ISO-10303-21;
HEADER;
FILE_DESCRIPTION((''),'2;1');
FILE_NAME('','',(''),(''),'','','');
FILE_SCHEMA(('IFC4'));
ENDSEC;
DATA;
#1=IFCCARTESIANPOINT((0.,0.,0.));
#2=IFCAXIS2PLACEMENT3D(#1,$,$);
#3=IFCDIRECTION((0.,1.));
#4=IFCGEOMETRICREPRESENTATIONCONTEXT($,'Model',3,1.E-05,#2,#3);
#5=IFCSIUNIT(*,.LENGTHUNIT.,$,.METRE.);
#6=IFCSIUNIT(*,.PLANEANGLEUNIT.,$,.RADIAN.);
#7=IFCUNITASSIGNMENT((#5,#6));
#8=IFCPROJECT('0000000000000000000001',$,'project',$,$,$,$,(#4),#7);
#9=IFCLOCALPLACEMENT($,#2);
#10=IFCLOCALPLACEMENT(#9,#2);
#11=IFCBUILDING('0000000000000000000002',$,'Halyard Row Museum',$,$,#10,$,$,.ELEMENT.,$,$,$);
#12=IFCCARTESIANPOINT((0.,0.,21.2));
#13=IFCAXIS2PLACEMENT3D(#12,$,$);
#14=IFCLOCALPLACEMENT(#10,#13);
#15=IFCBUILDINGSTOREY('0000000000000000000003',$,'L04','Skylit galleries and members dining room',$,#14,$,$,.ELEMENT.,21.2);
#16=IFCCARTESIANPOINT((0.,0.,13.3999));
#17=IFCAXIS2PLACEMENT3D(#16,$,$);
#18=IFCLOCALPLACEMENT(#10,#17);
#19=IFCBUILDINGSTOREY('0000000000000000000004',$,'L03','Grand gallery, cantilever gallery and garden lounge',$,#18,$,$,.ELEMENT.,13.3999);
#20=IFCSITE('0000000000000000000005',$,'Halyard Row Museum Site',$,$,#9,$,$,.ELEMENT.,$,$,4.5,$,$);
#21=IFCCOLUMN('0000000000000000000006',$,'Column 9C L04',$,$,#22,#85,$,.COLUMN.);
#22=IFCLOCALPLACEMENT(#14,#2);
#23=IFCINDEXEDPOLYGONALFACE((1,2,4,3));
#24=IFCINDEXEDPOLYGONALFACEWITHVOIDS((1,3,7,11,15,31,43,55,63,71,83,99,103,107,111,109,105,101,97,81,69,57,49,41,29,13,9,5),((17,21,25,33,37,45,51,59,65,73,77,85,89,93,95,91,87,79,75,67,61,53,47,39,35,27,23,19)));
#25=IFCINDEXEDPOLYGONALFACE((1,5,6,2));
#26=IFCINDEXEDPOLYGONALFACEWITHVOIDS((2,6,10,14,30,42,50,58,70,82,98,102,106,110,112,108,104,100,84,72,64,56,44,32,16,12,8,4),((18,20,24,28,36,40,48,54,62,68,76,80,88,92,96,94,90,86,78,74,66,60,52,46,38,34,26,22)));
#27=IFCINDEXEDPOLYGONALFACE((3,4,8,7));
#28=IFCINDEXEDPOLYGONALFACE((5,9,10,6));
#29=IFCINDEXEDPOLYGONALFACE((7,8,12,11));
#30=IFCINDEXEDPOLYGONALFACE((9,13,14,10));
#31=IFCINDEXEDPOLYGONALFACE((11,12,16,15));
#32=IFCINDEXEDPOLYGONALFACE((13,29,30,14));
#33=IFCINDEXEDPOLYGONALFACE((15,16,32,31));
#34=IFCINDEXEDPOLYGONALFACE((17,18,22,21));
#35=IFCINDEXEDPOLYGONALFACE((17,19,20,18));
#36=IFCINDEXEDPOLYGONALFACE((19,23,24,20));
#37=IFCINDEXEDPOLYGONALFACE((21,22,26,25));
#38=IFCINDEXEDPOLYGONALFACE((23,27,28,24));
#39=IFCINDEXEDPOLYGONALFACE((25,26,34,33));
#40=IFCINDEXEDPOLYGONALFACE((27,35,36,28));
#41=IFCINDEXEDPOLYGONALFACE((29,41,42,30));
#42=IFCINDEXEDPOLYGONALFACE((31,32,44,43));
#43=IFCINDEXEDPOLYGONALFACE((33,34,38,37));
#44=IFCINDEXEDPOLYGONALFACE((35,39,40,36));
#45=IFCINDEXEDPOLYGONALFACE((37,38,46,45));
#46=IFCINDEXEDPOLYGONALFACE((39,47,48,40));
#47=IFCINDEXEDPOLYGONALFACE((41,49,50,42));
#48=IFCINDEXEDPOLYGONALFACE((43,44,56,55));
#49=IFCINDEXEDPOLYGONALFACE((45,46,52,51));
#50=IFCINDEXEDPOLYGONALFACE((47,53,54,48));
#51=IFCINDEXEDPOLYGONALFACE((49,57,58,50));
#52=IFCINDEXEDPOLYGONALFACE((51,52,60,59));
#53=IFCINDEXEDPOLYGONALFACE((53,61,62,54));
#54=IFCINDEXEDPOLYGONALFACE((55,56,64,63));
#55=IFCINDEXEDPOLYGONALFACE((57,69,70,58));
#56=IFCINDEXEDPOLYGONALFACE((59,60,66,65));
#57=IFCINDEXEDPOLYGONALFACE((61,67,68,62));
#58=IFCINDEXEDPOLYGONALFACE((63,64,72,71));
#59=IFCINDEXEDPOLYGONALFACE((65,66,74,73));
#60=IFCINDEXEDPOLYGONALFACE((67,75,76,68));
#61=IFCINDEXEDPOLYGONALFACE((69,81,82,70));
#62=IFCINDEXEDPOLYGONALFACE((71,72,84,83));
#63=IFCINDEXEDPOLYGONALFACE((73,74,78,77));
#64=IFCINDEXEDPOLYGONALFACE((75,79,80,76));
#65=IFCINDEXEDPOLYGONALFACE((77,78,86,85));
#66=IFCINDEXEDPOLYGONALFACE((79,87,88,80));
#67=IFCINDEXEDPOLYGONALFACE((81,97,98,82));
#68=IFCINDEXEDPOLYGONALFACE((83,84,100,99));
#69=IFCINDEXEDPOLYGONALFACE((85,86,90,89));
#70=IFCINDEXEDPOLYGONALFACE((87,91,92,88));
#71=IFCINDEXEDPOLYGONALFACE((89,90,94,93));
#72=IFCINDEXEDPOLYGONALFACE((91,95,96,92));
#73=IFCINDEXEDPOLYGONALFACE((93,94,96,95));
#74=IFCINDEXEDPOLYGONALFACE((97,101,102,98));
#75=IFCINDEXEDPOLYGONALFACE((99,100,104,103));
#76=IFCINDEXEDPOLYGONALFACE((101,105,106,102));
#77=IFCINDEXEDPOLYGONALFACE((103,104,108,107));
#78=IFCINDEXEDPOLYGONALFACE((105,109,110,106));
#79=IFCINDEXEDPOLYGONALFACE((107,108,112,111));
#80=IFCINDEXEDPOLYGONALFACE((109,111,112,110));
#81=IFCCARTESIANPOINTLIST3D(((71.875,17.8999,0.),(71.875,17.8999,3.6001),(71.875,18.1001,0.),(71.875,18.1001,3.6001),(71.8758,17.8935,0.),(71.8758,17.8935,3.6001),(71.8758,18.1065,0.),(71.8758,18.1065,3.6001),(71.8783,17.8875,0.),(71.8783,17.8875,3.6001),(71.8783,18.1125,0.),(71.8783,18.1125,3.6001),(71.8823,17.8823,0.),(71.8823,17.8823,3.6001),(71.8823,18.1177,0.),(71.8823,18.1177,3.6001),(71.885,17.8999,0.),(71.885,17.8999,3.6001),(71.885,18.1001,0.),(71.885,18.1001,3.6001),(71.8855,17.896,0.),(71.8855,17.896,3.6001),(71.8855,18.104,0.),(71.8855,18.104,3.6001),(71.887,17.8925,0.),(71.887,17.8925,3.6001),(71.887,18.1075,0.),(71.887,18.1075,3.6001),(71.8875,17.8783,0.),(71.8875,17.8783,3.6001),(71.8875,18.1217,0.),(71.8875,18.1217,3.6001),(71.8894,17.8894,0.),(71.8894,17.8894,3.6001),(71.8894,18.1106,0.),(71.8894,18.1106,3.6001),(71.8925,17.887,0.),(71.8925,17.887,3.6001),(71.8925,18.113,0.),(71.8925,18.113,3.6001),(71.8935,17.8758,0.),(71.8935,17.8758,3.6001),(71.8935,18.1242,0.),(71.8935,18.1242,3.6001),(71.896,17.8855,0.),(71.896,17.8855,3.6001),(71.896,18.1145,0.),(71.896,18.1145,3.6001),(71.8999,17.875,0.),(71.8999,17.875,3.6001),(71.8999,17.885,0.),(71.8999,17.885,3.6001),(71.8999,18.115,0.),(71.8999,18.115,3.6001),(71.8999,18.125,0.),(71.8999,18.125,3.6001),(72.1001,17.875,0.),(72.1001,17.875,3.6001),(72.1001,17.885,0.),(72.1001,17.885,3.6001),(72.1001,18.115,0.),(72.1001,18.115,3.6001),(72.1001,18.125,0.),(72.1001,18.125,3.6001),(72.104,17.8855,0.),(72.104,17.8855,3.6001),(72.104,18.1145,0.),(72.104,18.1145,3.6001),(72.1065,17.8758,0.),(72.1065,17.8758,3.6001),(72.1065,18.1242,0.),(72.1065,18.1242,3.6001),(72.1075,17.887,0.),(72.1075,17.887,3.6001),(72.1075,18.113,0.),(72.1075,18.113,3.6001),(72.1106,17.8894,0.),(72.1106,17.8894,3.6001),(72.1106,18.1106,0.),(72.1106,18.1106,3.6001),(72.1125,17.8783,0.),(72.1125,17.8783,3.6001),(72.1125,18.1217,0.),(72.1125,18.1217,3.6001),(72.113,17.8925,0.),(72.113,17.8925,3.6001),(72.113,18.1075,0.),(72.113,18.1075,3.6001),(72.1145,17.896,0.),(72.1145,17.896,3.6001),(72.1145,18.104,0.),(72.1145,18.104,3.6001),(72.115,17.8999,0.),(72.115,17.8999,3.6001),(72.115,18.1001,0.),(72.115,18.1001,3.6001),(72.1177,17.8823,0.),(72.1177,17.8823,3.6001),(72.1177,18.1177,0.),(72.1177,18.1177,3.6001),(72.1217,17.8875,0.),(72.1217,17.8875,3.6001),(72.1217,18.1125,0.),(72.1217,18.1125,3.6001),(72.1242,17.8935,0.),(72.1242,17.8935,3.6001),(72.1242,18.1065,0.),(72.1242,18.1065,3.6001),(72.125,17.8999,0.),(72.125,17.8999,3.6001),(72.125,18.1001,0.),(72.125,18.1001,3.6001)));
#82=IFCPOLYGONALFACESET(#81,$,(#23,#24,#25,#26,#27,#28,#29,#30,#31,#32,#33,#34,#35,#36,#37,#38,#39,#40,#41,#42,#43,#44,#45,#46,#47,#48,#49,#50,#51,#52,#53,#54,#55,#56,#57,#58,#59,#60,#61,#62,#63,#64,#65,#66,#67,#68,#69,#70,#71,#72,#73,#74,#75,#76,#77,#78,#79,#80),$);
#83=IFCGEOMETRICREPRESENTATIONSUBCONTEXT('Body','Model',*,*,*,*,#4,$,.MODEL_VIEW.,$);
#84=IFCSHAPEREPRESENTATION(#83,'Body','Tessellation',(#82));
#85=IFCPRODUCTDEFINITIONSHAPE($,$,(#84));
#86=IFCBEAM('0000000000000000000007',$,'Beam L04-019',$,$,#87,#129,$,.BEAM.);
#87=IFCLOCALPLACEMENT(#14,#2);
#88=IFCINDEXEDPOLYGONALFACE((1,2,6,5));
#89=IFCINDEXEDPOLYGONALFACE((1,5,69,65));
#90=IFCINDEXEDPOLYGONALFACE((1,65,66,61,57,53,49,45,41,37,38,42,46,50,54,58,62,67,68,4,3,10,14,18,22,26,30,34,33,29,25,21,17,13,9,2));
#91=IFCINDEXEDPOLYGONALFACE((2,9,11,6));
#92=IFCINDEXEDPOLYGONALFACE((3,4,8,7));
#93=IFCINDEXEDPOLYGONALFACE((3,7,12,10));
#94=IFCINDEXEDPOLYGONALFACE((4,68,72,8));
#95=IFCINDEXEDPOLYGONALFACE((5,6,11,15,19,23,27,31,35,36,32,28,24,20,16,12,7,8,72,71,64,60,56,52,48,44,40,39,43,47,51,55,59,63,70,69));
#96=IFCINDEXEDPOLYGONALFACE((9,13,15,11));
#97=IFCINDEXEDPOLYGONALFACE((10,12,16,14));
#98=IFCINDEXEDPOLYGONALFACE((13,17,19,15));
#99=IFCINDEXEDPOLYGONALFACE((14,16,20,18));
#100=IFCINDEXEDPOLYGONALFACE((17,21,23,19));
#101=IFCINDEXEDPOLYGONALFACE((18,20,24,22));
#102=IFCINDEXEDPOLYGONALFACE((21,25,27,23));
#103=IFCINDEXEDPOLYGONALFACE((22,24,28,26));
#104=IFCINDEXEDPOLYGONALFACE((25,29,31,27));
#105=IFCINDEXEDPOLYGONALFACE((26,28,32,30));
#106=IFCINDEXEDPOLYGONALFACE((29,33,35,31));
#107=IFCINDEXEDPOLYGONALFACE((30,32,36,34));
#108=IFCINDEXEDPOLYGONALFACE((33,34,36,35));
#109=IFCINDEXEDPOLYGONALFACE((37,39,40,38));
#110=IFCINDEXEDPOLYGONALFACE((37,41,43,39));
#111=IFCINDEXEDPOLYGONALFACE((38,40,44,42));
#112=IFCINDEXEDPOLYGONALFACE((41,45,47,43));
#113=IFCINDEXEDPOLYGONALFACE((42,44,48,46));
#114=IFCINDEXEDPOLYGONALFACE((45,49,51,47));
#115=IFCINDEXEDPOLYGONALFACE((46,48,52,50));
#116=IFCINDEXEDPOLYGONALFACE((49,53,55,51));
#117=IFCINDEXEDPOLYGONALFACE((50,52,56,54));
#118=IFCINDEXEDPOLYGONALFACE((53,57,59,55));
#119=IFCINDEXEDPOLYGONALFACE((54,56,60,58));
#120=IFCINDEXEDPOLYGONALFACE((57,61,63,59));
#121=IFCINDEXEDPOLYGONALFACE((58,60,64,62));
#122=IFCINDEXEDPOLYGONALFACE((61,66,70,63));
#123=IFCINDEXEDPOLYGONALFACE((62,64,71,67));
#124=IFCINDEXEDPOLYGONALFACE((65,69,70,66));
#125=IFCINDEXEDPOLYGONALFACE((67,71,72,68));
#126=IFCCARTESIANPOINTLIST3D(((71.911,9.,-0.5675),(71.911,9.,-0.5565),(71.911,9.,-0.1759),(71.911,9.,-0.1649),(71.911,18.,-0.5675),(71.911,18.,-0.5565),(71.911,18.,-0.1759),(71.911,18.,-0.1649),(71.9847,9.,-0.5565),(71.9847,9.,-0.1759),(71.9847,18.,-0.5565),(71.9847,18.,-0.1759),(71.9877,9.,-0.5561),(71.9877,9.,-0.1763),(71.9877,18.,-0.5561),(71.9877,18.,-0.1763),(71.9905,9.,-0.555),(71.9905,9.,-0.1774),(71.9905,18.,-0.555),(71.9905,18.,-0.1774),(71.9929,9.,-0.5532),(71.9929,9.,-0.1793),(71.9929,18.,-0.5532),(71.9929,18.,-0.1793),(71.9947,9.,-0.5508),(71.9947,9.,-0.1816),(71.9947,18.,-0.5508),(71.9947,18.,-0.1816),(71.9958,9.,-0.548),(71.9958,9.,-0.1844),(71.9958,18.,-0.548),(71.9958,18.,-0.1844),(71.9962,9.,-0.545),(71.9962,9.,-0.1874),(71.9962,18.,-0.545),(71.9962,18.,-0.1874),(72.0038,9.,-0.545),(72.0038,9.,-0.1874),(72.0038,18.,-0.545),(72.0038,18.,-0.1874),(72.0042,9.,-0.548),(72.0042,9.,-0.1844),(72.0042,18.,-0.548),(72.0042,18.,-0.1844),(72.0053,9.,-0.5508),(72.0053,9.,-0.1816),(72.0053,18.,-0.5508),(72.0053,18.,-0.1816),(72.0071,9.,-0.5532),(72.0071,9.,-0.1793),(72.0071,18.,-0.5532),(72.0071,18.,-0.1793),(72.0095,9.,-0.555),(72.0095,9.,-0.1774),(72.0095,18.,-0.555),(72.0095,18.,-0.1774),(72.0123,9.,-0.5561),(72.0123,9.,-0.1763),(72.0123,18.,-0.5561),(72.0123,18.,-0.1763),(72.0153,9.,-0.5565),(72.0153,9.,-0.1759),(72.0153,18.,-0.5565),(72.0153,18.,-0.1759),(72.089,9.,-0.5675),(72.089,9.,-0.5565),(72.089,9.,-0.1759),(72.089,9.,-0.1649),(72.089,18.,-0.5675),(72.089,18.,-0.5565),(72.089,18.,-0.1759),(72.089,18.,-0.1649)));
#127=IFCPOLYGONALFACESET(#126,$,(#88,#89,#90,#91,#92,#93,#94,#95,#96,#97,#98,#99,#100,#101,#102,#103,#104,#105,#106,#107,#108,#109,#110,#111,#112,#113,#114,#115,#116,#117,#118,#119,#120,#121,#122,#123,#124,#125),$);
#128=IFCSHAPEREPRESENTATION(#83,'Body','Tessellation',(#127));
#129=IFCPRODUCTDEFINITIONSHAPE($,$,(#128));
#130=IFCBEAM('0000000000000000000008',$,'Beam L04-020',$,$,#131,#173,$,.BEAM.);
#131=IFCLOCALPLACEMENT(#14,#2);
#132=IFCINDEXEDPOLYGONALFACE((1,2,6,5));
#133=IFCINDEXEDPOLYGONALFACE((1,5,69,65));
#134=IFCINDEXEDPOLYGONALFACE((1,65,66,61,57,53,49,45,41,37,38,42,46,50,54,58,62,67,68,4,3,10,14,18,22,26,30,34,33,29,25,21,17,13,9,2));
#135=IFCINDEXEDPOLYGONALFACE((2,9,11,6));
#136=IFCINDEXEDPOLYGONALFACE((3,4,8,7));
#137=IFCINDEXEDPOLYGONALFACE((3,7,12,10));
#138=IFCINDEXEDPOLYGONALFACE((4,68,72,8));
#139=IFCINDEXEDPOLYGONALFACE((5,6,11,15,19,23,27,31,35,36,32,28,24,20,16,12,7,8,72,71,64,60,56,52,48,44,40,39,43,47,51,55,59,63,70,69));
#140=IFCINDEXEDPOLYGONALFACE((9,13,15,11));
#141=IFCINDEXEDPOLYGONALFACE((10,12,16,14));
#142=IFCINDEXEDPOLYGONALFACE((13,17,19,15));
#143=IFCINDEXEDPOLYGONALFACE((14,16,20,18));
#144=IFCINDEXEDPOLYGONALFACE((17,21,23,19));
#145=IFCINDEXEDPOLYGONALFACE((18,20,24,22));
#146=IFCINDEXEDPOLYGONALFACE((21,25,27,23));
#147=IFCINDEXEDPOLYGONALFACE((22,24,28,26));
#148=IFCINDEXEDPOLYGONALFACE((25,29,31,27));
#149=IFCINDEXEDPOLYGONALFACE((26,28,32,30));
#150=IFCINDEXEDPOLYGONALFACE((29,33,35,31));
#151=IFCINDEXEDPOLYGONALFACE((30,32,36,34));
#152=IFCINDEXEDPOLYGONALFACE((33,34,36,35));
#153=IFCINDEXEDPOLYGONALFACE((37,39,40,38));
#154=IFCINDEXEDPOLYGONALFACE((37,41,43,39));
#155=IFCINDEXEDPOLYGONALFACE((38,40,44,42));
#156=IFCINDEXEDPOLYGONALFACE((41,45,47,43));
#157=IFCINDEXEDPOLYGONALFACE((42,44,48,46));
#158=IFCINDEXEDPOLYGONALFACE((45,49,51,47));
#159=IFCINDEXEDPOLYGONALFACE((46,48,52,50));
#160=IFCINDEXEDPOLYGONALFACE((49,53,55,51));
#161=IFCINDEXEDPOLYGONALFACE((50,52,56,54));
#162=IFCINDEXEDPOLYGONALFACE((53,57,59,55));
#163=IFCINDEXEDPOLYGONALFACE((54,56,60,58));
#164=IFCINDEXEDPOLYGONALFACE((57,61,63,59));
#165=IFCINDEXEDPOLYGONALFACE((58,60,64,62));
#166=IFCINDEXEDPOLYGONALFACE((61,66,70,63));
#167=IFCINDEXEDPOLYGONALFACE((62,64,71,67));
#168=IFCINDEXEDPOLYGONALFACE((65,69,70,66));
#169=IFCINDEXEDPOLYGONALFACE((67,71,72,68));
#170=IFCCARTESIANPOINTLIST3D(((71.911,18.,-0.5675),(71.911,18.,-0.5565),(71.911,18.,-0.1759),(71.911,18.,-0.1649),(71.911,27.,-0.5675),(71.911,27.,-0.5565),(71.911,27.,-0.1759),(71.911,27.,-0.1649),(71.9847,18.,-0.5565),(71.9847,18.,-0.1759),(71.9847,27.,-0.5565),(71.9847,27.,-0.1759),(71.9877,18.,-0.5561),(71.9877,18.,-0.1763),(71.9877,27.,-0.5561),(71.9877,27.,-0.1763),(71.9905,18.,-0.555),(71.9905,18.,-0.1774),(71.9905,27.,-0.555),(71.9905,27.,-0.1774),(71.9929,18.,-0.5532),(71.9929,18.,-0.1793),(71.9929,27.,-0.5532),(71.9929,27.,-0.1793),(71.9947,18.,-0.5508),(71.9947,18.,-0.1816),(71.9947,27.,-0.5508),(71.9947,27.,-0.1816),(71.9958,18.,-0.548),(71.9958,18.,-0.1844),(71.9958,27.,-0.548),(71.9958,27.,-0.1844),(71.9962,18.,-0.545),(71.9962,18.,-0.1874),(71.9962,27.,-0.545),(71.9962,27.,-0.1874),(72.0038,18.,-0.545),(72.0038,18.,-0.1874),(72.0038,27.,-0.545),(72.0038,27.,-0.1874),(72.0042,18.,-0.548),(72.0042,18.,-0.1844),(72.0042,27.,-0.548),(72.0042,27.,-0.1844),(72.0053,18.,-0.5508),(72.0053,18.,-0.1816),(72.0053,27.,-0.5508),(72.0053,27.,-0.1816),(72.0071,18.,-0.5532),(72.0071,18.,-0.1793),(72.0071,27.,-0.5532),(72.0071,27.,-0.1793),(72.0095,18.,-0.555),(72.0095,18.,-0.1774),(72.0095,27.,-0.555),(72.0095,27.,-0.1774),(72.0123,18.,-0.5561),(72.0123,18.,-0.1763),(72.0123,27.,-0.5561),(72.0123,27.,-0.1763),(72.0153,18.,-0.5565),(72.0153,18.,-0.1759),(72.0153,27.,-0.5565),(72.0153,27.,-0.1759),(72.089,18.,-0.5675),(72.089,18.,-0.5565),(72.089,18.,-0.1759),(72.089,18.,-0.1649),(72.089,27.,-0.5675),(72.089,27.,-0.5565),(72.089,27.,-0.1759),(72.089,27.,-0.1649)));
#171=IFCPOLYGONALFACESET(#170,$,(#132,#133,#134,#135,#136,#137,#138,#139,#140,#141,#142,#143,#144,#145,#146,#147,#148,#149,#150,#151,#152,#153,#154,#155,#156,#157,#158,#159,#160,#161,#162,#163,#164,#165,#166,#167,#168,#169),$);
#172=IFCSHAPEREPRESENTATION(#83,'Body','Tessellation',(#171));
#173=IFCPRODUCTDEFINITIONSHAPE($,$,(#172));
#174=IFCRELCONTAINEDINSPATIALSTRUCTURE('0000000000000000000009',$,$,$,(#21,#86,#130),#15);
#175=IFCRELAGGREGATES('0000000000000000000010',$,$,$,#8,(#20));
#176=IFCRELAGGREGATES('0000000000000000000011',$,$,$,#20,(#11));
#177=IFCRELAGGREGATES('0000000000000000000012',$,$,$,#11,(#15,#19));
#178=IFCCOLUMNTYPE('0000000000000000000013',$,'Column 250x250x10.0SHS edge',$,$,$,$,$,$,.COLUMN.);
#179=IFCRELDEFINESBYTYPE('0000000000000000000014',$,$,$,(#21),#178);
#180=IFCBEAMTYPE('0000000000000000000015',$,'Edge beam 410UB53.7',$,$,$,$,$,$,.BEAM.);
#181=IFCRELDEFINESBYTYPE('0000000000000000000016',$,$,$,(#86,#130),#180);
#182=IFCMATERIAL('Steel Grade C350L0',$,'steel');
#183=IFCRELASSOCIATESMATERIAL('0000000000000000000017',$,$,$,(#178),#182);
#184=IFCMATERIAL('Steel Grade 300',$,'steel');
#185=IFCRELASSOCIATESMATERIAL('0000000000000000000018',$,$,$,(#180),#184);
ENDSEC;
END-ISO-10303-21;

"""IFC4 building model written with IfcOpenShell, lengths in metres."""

from ifc_helpers import new_model, si_unit, direction, frame, origin, origin_2d, place, context, subcontext, project, spatial, hollow_rectangle, i_section, extrude, material, material_profile, profile_set, type_object, element, save


model = new_model("IFC4")

# Units and contexts
model_context = context("Model", 3, precision=1e-05, world=origin(), true_north=direction((0.0, 1.0)))
body_context = subcontext(model_context, "Body", "Model", "MODEL_VIEW")
ifc_project = project(units=[si_unit("LENGTHUNIT", "METRE"), si_unit("PLANEANGLEUNIT", "RADIAN")], contexts=[model_context])

# Site, building, storey
site_placement = place(None, origin())
site = spatial("IfcSite", under=ifc_project, at=site_placement, Name="Halyard Row Museum Site", CompositionType="ELEMENT", RefElevation=4.5)
building_placement = place(site_placement, origin())
building = spatial("IfcBuilding", under=site, at=building_placement, Name="Halyard Row Museum", CompositionType="ELEMENT")
storey_1_placement = place(building_placement, frame((0.0, 0.0, 21.2)))
storey_1 = spatial("IfcBuildingStorey", under=building, at=storey_1_placement, Name="L04", Description="Skylit galleries and members dining room", CompositionType="ELEMENT", Elevation=21.2)

# Column
ifc_material_1 = material(Name="Steel Grade C350L0", Category="steel")
ifc_material_profile_1 = material_profile(ifc_material_1, hollow_rectangle(XDim=0.25, YDim=0.25, WallThickness=0.01, InnerFilletRadius=0.0149, OuterFilletRadius=0.0249, at=origin_2d()), Name="250x250x10.0SHS")
ifc_profile_set_1 = profile_set([ifc_material_profile_1], Name="Steel Grade C350L0")
column_type = type_object("IfcColumnType", Name="Column 250x250x10.0SHS edge", PredefinedType="COLUMN", material=ifc_profile_set_1)
column_placement = place(storey_1_placement, frame((72.0, 18.0, 0.0), z_axis=(0.0, 0.0, 1.0), x_axis=(1.0, 0.0, 0.0)))
element("IfcColumn", 1, at=column_placement, inside=storey_1, type_object=column_type, Name="Column 9C L04", PredefinedType="COLUMN", context=body_context, shape_type="SweptSolid", body=[
    extrude(hollow_rectangle(XDim=0.25, YDim=0.25, WallThickness=0.01, InnerFilletRadius=0.0149, OuterFilletRadius=0.0249, at=origin_2d()), origin(), (0.0, 0.0, 1.0), 3.6001),
])

# Beams
ifc_material_2 = material(Name="Steel Grade 300", Category="steel")
ifc_material_profile_2 = material_profile(ifc_material_2, i_section(OverallWidth=0.178, OverallDepth=0.4026, WebThickness=0.0076, FlangeThickness=0.011, FilletRadius=0.0115, at=origin_2d()), Name="410UB53.7")
ifc_profile_set_2 = profile_set([ifc_material_profile_2], Name="Steel Grade 300")
beam_type_1 = type_object("IfcBeamType", Name="Edge beam 410UB53.7", PredefinedType="BEAM", material=ifc_profile_set_2)
for number, where, z_axis, x_axis, name in (
    (2, (72.0, 9.0, -0.3662), (0.0, 1.0, 0.0), (-1.0, 0.0, 0.0), "Beam L04-019"),
    (3, (72.0, 18.0, -0.3662), (0.0, 1.0, 0.0), (-1.0, 0.0, 0.0), "Beam L04-020"),
):
    element("IfcBeam", number, at=place(storey_1_placement, frame(where, z_axis=z_axis, x_axis=x_axis)), inside=storey_1, type_object=beam_type_1, Name=name, PredefinedType="BEAM", context=body_context, shape_type="SweptSolid", body=[
        extrude(i_section(OverallWidth=0.178, OverallDepth=0.4026, WebThickness=0.0076, FlangeThickness=0.011, FilletRadius=0.0115, at=origin_2d()), origin(), (0.0, 0.0, 1.0), 9.0),
    ])

# Shared definitions
storey_2_placement = place(building_placement, frame((0.0, 0.0, 13.3999)))
storey_2 = spatial("IfcBuildingStorey", under=building, at=storey_2_placement, Name="L03", Description="Grand gallery, cantilever gallery and garden lounge", CompositionType="ELEMENT", Elevation=13.3999)

save(model, "model.ifc")
